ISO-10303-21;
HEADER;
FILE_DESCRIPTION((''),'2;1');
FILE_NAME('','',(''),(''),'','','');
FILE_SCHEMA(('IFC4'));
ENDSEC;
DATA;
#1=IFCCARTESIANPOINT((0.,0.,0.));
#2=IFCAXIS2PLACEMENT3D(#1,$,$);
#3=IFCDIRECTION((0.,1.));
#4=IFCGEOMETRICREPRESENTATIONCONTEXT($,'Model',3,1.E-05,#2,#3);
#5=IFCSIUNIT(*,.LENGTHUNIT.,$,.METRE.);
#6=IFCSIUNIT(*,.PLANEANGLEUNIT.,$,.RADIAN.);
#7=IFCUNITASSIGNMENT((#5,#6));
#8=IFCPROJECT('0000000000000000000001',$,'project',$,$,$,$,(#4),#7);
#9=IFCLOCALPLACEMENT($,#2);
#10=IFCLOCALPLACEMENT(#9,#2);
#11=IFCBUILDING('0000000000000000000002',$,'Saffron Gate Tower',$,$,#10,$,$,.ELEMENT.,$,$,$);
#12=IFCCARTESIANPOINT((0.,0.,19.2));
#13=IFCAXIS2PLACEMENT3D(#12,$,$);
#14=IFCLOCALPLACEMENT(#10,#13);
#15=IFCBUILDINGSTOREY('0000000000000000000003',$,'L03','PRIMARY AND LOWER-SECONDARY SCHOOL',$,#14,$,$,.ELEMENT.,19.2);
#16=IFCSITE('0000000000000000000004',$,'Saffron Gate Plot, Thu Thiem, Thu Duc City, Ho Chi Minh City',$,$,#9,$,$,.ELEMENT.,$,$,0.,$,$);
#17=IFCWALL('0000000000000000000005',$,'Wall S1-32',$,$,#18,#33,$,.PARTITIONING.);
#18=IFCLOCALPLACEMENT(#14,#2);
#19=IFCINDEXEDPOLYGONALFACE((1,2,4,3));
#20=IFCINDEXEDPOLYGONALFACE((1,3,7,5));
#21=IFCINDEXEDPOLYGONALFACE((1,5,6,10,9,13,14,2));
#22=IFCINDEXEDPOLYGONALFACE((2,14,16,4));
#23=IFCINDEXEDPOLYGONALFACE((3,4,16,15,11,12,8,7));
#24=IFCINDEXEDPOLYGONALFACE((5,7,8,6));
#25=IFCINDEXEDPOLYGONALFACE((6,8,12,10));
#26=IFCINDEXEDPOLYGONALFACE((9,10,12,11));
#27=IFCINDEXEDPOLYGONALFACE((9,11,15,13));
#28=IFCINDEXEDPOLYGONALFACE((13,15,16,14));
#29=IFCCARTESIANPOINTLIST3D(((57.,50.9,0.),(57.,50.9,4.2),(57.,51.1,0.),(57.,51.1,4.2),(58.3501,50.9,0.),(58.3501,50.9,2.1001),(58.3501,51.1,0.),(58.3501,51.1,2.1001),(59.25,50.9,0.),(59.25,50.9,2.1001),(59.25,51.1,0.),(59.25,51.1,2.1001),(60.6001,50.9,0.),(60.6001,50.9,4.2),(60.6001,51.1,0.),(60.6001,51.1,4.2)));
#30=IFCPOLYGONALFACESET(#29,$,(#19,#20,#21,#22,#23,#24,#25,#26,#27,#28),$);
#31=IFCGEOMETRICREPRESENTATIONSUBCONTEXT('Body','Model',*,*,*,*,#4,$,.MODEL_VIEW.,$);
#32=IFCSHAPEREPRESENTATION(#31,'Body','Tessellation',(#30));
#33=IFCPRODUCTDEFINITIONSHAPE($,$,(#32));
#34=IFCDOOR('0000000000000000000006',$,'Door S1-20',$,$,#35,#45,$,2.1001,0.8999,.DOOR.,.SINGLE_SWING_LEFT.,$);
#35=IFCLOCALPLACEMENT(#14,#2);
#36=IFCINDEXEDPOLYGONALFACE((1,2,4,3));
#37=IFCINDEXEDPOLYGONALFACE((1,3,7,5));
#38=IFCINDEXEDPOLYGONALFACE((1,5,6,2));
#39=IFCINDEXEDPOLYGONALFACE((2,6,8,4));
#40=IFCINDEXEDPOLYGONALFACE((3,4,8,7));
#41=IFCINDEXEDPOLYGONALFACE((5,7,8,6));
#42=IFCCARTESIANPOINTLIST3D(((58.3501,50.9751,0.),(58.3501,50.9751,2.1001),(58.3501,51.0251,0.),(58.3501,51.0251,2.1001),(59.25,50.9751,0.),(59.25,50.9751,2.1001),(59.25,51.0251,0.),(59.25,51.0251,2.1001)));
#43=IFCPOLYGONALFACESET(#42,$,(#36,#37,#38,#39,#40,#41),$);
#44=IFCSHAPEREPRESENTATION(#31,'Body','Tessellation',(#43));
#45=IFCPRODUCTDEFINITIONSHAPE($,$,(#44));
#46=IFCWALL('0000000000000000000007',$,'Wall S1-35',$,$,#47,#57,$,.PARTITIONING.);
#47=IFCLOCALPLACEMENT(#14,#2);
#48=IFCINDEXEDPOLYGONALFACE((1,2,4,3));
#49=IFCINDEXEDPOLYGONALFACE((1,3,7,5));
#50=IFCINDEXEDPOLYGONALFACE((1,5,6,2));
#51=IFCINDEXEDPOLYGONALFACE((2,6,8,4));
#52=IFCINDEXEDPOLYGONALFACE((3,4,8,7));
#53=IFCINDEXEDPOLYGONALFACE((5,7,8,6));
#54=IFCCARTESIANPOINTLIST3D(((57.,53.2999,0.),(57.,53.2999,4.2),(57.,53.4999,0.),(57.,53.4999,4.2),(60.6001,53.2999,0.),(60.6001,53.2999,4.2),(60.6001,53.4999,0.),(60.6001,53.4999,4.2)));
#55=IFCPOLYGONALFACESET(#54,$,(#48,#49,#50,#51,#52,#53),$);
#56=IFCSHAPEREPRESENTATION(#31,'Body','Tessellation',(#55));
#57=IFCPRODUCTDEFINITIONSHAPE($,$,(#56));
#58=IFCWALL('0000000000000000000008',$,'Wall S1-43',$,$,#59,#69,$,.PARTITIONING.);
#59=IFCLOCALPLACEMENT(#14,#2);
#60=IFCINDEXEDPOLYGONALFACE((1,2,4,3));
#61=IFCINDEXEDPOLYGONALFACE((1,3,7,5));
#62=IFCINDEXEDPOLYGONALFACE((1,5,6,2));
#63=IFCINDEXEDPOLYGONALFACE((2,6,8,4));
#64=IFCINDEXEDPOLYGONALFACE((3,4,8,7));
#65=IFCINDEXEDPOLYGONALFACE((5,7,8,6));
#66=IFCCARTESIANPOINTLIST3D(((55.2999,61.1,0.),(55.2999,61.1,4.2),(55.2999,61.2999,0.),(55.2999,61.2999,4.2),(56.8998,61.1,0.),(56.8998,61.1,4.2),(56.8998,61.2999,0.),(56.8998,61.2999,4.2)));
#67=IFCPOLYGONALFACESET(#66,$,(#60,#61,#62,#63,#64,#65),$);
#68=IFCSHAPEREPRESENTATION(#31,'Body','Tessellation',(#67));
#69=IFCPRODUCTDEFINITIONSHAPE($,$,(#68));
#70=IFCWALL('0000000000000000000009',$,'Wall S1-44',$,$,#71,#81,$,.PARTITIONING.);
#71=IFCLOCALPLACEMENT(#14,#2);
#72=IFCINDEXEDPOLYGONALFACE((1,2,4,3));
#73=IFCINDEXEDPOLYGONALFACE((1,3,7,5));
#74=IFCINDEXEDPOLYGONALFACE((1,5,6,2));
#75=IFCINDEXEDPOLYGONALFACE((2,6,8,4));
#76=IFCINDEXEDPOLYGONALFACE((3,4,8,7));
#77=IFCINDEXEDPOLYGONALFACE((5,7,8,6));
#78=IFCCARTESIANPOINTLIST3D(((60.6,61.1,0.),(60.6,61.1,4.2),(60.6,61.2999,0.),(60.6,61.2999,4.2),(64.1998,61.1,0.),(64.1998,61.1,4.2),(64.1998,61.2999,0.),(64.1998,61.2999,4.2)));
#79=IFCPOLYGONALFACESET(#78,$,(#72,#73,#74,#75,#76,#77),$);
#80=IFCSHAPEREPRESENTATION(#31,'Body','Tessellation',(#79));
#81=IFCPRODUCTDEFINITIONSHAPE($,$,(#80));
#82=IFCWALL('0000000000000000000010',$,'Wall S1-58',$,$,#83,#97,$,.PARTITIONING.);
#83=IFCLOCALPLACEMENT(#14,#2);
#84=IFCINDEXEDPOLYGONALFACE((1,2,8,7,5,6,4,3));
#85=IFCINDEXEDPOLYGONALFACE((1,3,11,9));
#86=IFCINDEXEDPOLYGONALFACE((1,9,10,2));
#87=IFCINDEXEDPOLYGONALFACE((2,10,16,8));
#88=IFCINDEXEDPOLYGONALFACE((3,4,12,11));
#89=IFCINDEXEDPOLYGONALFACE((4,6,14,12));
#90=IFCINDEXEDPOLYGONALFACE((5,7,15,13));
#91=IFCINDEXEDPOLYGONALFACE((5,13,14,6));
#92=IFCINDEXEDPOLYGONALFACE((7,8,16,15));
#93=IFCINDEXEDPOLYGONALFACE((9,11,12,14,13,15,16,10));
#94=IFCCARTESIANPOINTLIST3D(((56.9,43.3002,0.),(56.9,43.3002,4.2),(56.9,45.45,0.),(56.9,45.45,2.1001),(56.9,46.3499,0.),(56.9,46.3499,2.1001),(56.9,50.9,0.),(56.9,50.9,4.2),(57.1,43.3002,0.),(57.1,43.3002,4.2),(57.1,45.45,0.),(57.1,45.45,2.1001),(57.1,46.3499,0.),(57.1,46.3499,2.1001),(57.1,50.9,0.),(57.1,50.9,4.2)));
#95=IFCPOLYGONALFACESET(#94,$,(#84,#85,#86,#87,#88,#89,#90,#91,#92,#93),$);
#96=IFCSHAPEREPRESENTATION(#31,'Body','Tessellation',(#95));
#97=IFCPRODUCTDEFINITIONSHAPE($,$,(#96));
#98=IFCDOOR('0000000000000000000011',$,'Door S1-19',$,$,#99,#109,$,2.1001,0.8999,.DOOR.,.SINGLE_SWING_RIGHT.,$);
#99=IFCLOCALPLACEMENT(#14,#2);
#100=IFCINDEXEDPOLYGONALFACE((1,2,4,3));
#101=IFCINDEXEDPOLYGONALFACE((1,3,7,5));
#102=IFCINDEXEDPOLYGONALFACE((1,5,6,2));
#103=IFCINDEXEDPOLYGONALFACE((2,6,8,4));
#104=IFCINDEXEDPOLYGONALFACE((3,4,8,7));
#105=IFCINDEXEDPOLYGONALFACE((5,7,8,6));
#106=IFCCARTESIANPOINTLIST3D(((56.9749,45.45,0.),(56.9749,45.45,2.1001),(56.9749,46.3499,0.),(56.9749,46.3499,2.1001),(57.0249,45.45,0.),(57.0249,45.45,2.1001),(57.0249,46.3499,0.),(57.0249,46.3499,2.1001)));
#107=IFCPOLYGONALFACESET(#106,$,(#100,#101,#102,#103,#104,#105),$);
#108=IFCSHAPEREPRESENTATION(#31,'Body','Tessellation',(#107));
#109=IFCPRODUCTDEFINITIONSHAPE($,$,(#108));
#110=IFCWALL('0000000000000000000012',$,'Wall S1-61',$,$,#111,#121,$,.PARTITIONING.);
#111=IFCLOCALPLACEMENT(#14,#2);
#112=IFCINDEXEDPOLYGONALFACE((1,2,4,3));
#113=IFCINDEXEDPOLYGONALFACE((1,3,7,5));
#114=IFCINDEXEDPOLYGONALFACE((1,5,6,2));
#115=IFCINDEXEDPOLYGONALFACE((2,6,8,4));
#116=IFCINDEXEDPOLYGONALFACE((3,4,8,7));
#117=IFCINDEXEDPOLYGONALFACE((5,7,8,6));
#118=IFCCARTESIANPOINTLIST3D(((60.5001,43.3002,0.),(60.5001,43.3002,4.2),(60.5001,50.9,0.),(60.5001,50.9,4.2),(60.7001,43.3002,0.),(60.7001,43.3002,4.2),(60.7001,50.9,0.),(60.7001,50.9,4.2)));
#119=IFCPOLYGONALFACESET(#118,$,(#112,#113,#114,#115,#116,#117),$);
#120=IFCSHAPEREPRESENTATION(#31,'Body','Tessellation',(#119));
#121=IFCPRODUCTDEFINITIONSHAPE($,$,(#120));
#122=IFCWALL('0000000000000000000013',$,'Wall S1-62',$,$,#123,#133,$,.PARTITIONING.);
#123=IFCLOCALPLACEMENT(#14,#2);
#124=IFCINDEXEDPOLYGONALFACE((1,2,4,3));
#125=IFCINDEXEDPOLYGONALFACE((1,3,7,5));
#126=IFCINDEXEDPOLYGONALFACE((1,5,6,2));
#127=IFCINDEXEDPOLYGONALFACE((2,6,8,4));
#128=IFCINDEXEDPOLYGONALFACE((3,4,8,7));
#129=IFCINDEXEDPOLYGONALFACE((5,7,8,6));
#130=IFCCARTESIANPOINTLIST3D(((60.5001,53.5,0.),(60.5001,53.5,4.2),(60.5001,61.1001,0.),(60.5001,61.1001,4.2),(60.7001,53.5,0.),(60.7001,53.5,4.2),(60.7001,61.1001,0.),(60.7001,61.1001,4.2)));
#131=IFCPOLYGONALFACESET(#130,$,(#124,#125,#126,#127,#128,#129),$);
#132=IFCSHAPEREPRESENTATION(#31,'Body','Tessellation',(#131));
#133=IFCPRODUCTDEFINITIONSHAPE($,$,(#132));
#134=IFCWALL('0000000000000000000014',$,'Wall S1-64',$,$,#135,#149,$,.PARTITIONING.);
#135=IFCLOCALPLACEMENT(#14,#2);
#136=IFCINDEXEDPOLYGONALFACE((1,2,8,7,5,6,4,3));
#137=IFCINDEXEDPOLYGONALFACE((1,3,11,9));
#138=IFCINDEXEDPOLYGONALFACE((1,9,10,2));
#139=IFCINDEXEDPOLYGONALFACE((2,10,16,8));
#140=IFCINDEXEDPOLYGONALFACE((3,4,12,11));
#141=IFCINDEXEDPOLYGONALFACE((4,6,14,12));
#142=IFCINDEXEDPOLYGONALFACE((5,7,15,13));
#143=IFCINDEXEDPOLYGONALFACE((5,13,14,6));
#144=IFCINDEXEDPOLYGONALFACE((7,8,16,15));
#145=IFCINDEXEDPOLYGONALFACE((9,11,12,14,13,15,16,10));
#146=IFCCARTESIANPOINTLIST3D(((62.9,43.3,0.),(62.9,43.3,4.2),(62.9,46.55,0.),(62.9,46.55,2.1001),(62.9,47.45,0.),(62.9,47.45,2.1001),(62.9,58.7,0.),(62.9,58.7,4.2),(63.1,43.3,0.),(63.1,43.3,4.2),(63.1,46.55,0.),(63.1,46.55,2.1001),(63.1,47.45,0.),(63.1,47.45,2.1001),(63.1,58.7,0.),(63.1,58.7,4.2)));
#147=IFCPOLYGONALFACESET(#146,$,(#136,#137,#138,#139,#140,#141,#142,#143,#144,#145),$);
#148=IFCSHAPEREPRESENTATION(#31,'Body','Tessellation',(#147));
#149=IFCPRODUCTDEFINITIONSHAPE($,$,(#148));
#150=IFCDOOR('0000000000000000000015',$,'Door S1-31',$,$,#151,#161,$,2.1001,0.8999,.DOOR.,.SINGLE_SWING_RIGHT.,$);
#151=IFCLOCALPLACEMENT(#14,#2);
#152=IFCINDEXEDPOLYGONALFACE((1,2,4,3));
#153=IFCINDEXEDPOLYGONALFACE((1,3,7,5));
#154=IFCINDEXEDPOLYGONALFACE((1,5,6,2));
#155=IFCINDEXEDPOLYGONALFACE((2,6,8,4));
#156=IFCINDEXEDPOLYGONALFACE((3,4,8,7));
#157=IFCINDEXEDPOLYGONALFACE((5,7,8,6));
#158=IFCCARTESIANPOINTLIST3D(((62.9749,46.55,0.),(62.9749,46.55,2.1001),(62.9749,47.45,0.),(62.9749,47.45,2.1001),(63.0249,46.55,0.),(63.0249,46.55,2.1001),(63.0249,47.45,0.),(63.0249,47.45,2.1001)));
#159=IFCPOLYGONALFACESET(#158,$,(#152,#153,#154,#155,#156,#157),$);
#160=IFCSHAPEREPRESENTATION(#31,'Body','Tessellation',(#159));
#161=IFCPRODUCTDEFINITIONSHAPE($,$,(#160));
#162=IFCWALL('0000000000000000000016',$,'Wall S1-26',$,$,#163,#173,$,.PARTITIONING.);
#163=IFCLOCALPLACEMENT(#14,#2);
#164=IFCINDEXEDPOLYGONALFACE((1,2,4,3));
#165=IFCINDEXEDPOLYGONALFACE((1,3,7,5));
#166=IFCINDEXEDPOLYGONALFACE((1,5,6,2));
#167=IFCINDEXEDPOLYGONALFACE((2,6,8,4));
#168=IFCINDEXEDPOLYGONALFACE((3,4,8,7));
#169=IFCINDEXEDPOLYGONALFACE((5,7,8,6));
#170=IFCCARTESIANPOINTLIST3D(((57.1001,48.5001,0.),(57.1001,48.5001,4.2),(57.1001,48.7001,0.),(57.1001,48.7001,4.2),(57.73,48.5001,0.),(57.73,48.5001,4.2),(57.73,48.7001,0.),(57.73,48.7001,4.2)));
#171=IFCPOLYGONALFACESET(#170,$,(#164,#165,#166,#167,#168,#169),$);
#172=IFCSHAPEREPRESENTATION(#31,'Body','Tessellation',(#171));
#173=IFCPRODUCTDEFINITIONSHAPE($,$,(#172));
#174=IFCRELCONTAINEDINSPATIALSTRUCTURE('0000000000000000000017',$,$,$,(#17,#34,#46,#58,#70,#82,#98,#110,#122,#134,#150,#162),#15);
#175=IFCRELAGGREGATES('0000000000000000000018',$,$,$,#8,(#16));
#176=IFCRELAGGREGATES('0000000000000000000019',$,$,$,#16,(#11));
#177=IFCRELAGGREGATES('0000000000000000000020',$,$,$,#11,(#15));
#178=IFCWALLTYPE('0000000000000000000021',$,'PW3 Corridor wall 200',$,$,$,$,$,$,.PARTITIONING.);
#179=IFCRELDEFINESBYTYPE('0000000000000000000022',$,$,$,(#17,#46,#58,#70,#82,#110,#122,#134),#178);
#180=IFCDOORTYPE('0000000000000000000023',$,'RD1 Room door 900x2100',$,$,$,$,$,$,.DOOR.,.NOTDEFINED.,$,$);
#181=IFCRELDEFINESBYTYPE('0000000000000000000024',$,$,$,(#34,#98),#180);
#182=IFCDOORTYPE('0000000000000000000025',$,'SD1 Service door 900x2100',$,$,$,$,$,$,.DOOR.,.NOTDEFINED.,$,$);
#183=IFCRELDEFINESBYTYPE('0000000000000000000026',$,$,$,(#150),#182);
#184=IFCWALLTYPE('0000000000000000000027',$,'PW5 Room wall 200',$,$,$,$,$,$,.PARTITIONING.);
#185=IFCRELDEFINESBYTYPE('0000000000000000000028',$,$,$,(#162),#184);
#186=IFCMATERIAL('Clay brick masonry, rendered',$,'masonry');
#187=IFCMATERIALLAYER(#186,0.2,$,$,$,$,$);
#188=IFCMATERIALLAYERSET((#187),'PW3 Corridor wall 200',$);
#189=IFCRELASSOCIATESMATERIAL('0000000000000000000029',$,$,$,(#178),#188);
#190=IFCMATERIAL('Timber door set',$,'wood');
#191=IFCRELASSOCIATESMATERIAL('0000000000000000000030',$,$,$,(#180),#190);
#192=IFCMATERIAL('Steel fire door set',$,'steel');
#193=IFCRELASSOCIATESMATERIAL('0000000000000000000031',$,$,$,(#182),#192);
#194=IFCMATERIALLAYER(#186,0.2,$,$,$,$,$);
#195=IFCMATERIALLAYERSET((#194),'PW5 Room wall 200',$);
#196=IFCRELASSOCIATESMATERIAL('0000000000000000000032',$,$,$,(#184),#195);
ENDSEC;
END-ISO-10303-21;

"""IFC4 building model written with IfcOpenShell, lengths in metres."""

from ifc_helpers import new_model, si_unit, direction, frame, frame_2d, origin, place, context, subcontext, project, spatial, rectangle, extrude, material, layer, layer_set, type_object, element, fill, save


model = new_model("IFC4")

# Units and contexts
model_context = context("Model", 3, precision=1e-05, world=origin(), true_north=direction((0.0, 1.0)))
body_context = subcontext(model_context, "Body", "Model", "MODEL_VIEW")
ifc_project = project(units=[si_unit("LENGTHUNIT", "METRE"), si_unit("PLANEANGLEUNIT", "RADIAN")], contexts=[model_context])

# Site, building, storey
site_placement = place(None, origin())
site = spatial("IfcSite", under=ifc_project, at=site_placement, Name="Saffron Gate Plot, Thu Thiem, Thu Duc City, Ho Chi Minh City", CompositionType="ELEMENT", RefElevation=0.0)
building_placement = place(site_placement, origin())
building = spatial("IfcBuilding", under=site, at=building_placement, Name="Saffron Gate Tower", CompositionType="ELEMENT")
storey_placement = place(building_placement, frame((0.0, 0.0, 19.2)))
storey = spatial("IfcBuildingStorey", under=building, at=storey_placement, Name="L03", Description="PRIMARY AND LOWER-SECONDARY SCHOOL", CompositionType="ELEMENT", Elevation=19.2)

# Wall, opening, door
ifc_material_1 = material(Name="Clay brick masonry, rendered", Category="masonry")
ifc_layer_1 = layer(ifc_material_1, 0.2)
ifc_layer_set_1 = layer_set([ifc_layer_1], Name="PW3 Corridor wall 200")
wall_type_1 = type_object("IfcWallType", Name="PW3 Corridor wall 200", PredefinedType="PARTITIONING", material=ifc_layer_set_1)
wall_1_placement = place(storey_placement, frame((60.6001, 51.0, 0.0), z_axis=(0.0, 0.0, 1.0), x_axis=(-1.0, 0.0, 0.0)))
wall_1 = element("IfcWall", 1, at=wall_1_placement, inside=storey, type_object=wall_type_1, Name="Wall S1-32", PredefinedType="PARTITIONING", context=body_context, shape_type="SweptSolid", body=[
    extrude(rectangle(XDim=3.6001, YDim=0.2, at=frame_2d((1.8, 0.0))), origin(), (0.0, 0.0, 1.0), 4.2),
])
opening_1_placement = place(wall_1_placement, frame((1.3501, 0.0, 0.0)))
opening_1 = element("IfcOpeningElement", 2, at=opening_1_placement, cuts=wall_1, PredefinedType="OPENING", context=body_context, shape_type="SweptSolid", body=[
    extrude(rectangle(XDim=0.8999, YDim=2.1001, at=frame_2d((0.45, 1.05))), frame((0.0, 0.1099, 0.0), z_axis=(0.0, -1.0, 0.0), x_axis=(1.0, 0.0, 0.0)), (0.0, 0.0, 1.0), 0.22),
])
ifc_material_2 = material(Name="Timber door set", Category="wood")
door_type_1 = type_object("IfcDoorType", Name="RD1 Room door 900x2100", OperationType="NOTDEFINED", PredefinedType="DOOR", material=ifc_material_2)
door_1_placement = place(opening_1_placement, origin())
door_1 = element("IfcDoor", 3, at=door_1_placement, inside=storey, type_object=door_type_1, Name="Door S1-20", OperationType="SINGLE_SWING_LEFT", OverallHeight=2.1001, OverallWidth=0.8999, PredefinedType="DOOR", context=body_context, shape_type="SweptSolid", body=[
    extrude(rectangle(XDim=0.8999, YDim=2.1001, at=frame_2d((0.45, 1.05))), frame((0.0, 0.0249, 0.0), z_axis=(0.0, -1.0, 0.0), x_axis=(1.0, 0.0, 0.0)), (0.0, 0.0, 1.0), 0.05),
])
fill(opening_1, door_1)

# Walls
wall_2_placement = place(storey_placement, frame((57.0, 53.3999, 0.0), z_axis=(0.0, 0.0, 1.0), x_axis=(1.0, 0.0, 0.0)))
element("IfcWall", 4, at=wall_2_placement, inside=storey, type_object=wall_type_1, Name="Wall S1-35", PredefinedType="PARTITIONING", context=body_context, shape_type="SweptSolid", body=[
    extrude(rectangle(XDim=3.6001, YDim=0.2, at=frame_2d((1.8, 0.0))), origin(), (0.0, 0.0, 1.0), 4.2),
])
wall_3_placement = place(storey_placement, frame((55.3, 61.2, 0.0), z_axis=(0.0, 0.0, 1.0), x_axis=(1.0, 0.0, 0.0)))
element("IfcWall", 5, at=wall_3_placement, inside=storey, type_object=wall_type_1, Name="Wall S1-43", PredefinedType="PARTITIONING", context=body_context, shape_type="SweptSolid", body=[
    extrude(rectangle(XDim=1.5999, YDim=0.2, at=frame_2d((0.7998, 0.0))), origin(), (0.0, 0.0, 1.0), 4.2),
])
wall_4_placement = place(storey_placement, frame((60.6001, 61.2, 0.0), z_axis=(0.0, 0.0, 1.0), x_axis=(1.0, 0.0, 0.0)))
element("IfcWall", 6, at=wall_4_placement, inside=storey, type_object=wall_type_1, Name="Wall S1-44", PredefinedType="PARTITIONING", context=body_context, shape_type="SweptSolid", body=[
    extrude(rectangle(XDim=3.5999, YDim=0.2, at=frame_2d((1.7998, 0.0))), origin(), (0.0, 0.0, 1.0), 4.2),
])

# Wall, opening, door
wall_5_placement = place(storey_placement, frame((57.0, 50.8999, 0.0), z_axis=(0.0, 0.0, 1.0), x_axis=(0.0, -1.0, 0.0)))
wall_5 = element("IfcWall", 7, at=wall_5_placement, inside=storey, type_object=wall_type_1, Name="Wall S1-58", PredefinedType="PARTITIONING", context=body_context, shape_type="SweptSolid", body=[
    extrude(rectangle(XDim=7.5999, YDim=0.2, at=frame_2d((3.7998, 0.0))), origin(), (0.0, 0.0, 1.0), 4.2),
])
opening_2_placement = place(wall_5_placement, frame((4.55, 0.0, 0.0)))
opening_2 = element("IfcOpeningElement", 8, at=opening_2_placement, cuts=wall_5, PredefinedType="OPENING", context=body_context, shape_type="SweptSolid", body=[
    extrude(rectangle(XDim=0.8999, YDim=2.1001, at=frame_2d((0.45, 1.05))), frame((0.0, 0.1099, 0.0), z_axis=(0.0, -1.0, 0.0), x_axis=(1.0, 0.0, 0.0)), (0.0, 0.0, 1.0), 0.22),
])
door_2_placement = place(opening_2_placement, origin())
door_2 = element("IfcDoor", 9, at=door_2_placement, inside=storey, type_object=door_type_1, Name="Door S1-19", OperationType="SINGLE_SWING_RIGHT", OverallHeight=2.1001, OverallWidth=0.8999, PredefinedType="DOOR", context=body_context, shape_type="SweptSolid", body=[
    extrude(rectangle(XDim=0.8999, YDim=2.1001, at=frame_2d((0.45, 1.05))), frame((0.0, 0.0249, 0.0), z_axis=(0.0, -1.0, 0.0), x_axis=(1.0, 0.0, 0.0)), (0.0, 0.0, 1.0), 0.05),
])
fill(opening_2, door_2)

# Walls
wall_6_placement = place(storey_placement, frame((60.6001, 50.8999, 0.0), z_axis=(0.0, 0.0, 1.0), x_axis=(0.0, -1.0, 0.0)))
element("IfcWall", 10, at=wall_6_placement, inside=storey, type_object=wall_type_1, Name="Wall S1-61", PredefinedType="PARTITIONING", context=body_context, shape_type="SweptSolid", body=[
    extrude(rectangle(XDim=7.5999, YDim=0.2, at=frame_2d((3.7998, 0.0))), origin(), (0.0, 0.0, 1.0), 4.2),
])
wall_7_placement = place(storey_placement, frame((60.6001, 61.1001, 0.0), z_axis=(0.0, 0.0, 1.0), x_axis=(0.0, -1.0, 0.0)))
element("IfcWall", 11, at=wall_7_placement, inside=storey, type_object=wall_type_1, Name="Wall S1-62", PredefinedType="PARTITIONING", context=body_context, shape_type="SweptSolid", body=[
    extrude(rectangle(XDim=7.6001, YDim=0.2, at=frame_2d((3.8, 0.0))), origin(), (0.0, 0.0, 1.0), 4.2),
])

# Wall, opening, door
wall_8_placement = place(storey_placement, frame((63.0, 58.7, 0.0), z_axis=(0.0, 0.0, 1.0), x_axis=(0.0, -1.0, 0.0)))
wall_8 = element("IfcWall", 12, at=wall_8_placement, inside=storey, type_object=wall_type_1, Name="Wall S1-64", PredefinedType="PARTITIONING", context=body_context, shape_type="SweptSolid", body=[
    extrude(rectangle(XDim=15.3999, YDim=0.2, at=frame_2d((7.7, 0.0))), origin(), (0.0, 0.0, 1.0), 4.2),
])
opening_3_placement = place(wall_8_placement, frame((11.25, 0.0, 0.0)))
opening_3 = element("IfcOpeningElement", 13, at=opening_3_placement, cuts=wall_8, PredefinedType="OPENING", context=body_context, shape_type="SweptSolid", body=[
    extrude(rectangle(XDim=0.8999, YDim=2.1001, at=frame_2d((0.45, 1.05))), frame((0.0, 0.1099, 0.0), z_axis=(0.0, -1.0, 0.0), x_axis=(1.0, 0.0, 0.0)), (0.0, 0.0, 1.0), 0.22),
])
ifc_material_3 = material(Name="Steel fire door set", Category="steel")
door_type_2 = type_object("IfcDoorType", Name="SD1 Service door 900x2100", OperationType="NOTDEFINED", PredefinedType="DOOR", material=ifc_material_3)
door_3_placement = place(opening_3_placement, origin())
door_3 = element("IfcDoor", 14, at=door_3_placement, inside=storey, type_object=door_type_2, Name="Door S1-31", OperationType="SINGLE_SWING_RIGHT", OverallHeight=2.1001, OverallWidth=0.8999, PredefinedType="DOOR", context=body_context, shape_type="SweptSolid", body=[
    extrude(rectangle(XDim=0.8999, YDim=2.1001, at=frame_2d((0.45, 1.05))), frame((0.0, 0.0249, 0.0), z_axis=(0.0, -1.0, 0.0), x_axis=(1.0, 0.0, 0.0)), (0.0, 0.0, 1.0), 0.05),
])
fill(opening_3, door_3)

# Wall
ifc_layer_2 = layer(ifc_material_1, 0.2)
ifc_layer_set_2 = layer_set([ifc_layer_2], Name="PW5 Room wall 200")
wall_type_2 = type_object("IfcWallType", Name="PW5 Room wall 200", PredefinedType="PARTITIONING", material=ifc_layer_set_2)
wall_9_placement = place(storey_placement, frame((57.1001, 48.6001, 0.0), z_axis=(0.0, 0.0, 1.0), x_axis=(1.0, 0.0, 0.0)))
element("IfcWall", 15, at=wall_9_placement, inside=storey, type_object=wall_type_2, Name="Wall S1-26", PredefinedType="PARTITIONING", context=body_context, shape_type="SweptSolid", body=[
    extrude(rectangle(XDim=0.6299, YDim=0.2, at=frame_2d((0.3149, 0.0))), origin(), (0.0, 0.0, 1.0), 4.2),
])

save(model, "model.ifc")
